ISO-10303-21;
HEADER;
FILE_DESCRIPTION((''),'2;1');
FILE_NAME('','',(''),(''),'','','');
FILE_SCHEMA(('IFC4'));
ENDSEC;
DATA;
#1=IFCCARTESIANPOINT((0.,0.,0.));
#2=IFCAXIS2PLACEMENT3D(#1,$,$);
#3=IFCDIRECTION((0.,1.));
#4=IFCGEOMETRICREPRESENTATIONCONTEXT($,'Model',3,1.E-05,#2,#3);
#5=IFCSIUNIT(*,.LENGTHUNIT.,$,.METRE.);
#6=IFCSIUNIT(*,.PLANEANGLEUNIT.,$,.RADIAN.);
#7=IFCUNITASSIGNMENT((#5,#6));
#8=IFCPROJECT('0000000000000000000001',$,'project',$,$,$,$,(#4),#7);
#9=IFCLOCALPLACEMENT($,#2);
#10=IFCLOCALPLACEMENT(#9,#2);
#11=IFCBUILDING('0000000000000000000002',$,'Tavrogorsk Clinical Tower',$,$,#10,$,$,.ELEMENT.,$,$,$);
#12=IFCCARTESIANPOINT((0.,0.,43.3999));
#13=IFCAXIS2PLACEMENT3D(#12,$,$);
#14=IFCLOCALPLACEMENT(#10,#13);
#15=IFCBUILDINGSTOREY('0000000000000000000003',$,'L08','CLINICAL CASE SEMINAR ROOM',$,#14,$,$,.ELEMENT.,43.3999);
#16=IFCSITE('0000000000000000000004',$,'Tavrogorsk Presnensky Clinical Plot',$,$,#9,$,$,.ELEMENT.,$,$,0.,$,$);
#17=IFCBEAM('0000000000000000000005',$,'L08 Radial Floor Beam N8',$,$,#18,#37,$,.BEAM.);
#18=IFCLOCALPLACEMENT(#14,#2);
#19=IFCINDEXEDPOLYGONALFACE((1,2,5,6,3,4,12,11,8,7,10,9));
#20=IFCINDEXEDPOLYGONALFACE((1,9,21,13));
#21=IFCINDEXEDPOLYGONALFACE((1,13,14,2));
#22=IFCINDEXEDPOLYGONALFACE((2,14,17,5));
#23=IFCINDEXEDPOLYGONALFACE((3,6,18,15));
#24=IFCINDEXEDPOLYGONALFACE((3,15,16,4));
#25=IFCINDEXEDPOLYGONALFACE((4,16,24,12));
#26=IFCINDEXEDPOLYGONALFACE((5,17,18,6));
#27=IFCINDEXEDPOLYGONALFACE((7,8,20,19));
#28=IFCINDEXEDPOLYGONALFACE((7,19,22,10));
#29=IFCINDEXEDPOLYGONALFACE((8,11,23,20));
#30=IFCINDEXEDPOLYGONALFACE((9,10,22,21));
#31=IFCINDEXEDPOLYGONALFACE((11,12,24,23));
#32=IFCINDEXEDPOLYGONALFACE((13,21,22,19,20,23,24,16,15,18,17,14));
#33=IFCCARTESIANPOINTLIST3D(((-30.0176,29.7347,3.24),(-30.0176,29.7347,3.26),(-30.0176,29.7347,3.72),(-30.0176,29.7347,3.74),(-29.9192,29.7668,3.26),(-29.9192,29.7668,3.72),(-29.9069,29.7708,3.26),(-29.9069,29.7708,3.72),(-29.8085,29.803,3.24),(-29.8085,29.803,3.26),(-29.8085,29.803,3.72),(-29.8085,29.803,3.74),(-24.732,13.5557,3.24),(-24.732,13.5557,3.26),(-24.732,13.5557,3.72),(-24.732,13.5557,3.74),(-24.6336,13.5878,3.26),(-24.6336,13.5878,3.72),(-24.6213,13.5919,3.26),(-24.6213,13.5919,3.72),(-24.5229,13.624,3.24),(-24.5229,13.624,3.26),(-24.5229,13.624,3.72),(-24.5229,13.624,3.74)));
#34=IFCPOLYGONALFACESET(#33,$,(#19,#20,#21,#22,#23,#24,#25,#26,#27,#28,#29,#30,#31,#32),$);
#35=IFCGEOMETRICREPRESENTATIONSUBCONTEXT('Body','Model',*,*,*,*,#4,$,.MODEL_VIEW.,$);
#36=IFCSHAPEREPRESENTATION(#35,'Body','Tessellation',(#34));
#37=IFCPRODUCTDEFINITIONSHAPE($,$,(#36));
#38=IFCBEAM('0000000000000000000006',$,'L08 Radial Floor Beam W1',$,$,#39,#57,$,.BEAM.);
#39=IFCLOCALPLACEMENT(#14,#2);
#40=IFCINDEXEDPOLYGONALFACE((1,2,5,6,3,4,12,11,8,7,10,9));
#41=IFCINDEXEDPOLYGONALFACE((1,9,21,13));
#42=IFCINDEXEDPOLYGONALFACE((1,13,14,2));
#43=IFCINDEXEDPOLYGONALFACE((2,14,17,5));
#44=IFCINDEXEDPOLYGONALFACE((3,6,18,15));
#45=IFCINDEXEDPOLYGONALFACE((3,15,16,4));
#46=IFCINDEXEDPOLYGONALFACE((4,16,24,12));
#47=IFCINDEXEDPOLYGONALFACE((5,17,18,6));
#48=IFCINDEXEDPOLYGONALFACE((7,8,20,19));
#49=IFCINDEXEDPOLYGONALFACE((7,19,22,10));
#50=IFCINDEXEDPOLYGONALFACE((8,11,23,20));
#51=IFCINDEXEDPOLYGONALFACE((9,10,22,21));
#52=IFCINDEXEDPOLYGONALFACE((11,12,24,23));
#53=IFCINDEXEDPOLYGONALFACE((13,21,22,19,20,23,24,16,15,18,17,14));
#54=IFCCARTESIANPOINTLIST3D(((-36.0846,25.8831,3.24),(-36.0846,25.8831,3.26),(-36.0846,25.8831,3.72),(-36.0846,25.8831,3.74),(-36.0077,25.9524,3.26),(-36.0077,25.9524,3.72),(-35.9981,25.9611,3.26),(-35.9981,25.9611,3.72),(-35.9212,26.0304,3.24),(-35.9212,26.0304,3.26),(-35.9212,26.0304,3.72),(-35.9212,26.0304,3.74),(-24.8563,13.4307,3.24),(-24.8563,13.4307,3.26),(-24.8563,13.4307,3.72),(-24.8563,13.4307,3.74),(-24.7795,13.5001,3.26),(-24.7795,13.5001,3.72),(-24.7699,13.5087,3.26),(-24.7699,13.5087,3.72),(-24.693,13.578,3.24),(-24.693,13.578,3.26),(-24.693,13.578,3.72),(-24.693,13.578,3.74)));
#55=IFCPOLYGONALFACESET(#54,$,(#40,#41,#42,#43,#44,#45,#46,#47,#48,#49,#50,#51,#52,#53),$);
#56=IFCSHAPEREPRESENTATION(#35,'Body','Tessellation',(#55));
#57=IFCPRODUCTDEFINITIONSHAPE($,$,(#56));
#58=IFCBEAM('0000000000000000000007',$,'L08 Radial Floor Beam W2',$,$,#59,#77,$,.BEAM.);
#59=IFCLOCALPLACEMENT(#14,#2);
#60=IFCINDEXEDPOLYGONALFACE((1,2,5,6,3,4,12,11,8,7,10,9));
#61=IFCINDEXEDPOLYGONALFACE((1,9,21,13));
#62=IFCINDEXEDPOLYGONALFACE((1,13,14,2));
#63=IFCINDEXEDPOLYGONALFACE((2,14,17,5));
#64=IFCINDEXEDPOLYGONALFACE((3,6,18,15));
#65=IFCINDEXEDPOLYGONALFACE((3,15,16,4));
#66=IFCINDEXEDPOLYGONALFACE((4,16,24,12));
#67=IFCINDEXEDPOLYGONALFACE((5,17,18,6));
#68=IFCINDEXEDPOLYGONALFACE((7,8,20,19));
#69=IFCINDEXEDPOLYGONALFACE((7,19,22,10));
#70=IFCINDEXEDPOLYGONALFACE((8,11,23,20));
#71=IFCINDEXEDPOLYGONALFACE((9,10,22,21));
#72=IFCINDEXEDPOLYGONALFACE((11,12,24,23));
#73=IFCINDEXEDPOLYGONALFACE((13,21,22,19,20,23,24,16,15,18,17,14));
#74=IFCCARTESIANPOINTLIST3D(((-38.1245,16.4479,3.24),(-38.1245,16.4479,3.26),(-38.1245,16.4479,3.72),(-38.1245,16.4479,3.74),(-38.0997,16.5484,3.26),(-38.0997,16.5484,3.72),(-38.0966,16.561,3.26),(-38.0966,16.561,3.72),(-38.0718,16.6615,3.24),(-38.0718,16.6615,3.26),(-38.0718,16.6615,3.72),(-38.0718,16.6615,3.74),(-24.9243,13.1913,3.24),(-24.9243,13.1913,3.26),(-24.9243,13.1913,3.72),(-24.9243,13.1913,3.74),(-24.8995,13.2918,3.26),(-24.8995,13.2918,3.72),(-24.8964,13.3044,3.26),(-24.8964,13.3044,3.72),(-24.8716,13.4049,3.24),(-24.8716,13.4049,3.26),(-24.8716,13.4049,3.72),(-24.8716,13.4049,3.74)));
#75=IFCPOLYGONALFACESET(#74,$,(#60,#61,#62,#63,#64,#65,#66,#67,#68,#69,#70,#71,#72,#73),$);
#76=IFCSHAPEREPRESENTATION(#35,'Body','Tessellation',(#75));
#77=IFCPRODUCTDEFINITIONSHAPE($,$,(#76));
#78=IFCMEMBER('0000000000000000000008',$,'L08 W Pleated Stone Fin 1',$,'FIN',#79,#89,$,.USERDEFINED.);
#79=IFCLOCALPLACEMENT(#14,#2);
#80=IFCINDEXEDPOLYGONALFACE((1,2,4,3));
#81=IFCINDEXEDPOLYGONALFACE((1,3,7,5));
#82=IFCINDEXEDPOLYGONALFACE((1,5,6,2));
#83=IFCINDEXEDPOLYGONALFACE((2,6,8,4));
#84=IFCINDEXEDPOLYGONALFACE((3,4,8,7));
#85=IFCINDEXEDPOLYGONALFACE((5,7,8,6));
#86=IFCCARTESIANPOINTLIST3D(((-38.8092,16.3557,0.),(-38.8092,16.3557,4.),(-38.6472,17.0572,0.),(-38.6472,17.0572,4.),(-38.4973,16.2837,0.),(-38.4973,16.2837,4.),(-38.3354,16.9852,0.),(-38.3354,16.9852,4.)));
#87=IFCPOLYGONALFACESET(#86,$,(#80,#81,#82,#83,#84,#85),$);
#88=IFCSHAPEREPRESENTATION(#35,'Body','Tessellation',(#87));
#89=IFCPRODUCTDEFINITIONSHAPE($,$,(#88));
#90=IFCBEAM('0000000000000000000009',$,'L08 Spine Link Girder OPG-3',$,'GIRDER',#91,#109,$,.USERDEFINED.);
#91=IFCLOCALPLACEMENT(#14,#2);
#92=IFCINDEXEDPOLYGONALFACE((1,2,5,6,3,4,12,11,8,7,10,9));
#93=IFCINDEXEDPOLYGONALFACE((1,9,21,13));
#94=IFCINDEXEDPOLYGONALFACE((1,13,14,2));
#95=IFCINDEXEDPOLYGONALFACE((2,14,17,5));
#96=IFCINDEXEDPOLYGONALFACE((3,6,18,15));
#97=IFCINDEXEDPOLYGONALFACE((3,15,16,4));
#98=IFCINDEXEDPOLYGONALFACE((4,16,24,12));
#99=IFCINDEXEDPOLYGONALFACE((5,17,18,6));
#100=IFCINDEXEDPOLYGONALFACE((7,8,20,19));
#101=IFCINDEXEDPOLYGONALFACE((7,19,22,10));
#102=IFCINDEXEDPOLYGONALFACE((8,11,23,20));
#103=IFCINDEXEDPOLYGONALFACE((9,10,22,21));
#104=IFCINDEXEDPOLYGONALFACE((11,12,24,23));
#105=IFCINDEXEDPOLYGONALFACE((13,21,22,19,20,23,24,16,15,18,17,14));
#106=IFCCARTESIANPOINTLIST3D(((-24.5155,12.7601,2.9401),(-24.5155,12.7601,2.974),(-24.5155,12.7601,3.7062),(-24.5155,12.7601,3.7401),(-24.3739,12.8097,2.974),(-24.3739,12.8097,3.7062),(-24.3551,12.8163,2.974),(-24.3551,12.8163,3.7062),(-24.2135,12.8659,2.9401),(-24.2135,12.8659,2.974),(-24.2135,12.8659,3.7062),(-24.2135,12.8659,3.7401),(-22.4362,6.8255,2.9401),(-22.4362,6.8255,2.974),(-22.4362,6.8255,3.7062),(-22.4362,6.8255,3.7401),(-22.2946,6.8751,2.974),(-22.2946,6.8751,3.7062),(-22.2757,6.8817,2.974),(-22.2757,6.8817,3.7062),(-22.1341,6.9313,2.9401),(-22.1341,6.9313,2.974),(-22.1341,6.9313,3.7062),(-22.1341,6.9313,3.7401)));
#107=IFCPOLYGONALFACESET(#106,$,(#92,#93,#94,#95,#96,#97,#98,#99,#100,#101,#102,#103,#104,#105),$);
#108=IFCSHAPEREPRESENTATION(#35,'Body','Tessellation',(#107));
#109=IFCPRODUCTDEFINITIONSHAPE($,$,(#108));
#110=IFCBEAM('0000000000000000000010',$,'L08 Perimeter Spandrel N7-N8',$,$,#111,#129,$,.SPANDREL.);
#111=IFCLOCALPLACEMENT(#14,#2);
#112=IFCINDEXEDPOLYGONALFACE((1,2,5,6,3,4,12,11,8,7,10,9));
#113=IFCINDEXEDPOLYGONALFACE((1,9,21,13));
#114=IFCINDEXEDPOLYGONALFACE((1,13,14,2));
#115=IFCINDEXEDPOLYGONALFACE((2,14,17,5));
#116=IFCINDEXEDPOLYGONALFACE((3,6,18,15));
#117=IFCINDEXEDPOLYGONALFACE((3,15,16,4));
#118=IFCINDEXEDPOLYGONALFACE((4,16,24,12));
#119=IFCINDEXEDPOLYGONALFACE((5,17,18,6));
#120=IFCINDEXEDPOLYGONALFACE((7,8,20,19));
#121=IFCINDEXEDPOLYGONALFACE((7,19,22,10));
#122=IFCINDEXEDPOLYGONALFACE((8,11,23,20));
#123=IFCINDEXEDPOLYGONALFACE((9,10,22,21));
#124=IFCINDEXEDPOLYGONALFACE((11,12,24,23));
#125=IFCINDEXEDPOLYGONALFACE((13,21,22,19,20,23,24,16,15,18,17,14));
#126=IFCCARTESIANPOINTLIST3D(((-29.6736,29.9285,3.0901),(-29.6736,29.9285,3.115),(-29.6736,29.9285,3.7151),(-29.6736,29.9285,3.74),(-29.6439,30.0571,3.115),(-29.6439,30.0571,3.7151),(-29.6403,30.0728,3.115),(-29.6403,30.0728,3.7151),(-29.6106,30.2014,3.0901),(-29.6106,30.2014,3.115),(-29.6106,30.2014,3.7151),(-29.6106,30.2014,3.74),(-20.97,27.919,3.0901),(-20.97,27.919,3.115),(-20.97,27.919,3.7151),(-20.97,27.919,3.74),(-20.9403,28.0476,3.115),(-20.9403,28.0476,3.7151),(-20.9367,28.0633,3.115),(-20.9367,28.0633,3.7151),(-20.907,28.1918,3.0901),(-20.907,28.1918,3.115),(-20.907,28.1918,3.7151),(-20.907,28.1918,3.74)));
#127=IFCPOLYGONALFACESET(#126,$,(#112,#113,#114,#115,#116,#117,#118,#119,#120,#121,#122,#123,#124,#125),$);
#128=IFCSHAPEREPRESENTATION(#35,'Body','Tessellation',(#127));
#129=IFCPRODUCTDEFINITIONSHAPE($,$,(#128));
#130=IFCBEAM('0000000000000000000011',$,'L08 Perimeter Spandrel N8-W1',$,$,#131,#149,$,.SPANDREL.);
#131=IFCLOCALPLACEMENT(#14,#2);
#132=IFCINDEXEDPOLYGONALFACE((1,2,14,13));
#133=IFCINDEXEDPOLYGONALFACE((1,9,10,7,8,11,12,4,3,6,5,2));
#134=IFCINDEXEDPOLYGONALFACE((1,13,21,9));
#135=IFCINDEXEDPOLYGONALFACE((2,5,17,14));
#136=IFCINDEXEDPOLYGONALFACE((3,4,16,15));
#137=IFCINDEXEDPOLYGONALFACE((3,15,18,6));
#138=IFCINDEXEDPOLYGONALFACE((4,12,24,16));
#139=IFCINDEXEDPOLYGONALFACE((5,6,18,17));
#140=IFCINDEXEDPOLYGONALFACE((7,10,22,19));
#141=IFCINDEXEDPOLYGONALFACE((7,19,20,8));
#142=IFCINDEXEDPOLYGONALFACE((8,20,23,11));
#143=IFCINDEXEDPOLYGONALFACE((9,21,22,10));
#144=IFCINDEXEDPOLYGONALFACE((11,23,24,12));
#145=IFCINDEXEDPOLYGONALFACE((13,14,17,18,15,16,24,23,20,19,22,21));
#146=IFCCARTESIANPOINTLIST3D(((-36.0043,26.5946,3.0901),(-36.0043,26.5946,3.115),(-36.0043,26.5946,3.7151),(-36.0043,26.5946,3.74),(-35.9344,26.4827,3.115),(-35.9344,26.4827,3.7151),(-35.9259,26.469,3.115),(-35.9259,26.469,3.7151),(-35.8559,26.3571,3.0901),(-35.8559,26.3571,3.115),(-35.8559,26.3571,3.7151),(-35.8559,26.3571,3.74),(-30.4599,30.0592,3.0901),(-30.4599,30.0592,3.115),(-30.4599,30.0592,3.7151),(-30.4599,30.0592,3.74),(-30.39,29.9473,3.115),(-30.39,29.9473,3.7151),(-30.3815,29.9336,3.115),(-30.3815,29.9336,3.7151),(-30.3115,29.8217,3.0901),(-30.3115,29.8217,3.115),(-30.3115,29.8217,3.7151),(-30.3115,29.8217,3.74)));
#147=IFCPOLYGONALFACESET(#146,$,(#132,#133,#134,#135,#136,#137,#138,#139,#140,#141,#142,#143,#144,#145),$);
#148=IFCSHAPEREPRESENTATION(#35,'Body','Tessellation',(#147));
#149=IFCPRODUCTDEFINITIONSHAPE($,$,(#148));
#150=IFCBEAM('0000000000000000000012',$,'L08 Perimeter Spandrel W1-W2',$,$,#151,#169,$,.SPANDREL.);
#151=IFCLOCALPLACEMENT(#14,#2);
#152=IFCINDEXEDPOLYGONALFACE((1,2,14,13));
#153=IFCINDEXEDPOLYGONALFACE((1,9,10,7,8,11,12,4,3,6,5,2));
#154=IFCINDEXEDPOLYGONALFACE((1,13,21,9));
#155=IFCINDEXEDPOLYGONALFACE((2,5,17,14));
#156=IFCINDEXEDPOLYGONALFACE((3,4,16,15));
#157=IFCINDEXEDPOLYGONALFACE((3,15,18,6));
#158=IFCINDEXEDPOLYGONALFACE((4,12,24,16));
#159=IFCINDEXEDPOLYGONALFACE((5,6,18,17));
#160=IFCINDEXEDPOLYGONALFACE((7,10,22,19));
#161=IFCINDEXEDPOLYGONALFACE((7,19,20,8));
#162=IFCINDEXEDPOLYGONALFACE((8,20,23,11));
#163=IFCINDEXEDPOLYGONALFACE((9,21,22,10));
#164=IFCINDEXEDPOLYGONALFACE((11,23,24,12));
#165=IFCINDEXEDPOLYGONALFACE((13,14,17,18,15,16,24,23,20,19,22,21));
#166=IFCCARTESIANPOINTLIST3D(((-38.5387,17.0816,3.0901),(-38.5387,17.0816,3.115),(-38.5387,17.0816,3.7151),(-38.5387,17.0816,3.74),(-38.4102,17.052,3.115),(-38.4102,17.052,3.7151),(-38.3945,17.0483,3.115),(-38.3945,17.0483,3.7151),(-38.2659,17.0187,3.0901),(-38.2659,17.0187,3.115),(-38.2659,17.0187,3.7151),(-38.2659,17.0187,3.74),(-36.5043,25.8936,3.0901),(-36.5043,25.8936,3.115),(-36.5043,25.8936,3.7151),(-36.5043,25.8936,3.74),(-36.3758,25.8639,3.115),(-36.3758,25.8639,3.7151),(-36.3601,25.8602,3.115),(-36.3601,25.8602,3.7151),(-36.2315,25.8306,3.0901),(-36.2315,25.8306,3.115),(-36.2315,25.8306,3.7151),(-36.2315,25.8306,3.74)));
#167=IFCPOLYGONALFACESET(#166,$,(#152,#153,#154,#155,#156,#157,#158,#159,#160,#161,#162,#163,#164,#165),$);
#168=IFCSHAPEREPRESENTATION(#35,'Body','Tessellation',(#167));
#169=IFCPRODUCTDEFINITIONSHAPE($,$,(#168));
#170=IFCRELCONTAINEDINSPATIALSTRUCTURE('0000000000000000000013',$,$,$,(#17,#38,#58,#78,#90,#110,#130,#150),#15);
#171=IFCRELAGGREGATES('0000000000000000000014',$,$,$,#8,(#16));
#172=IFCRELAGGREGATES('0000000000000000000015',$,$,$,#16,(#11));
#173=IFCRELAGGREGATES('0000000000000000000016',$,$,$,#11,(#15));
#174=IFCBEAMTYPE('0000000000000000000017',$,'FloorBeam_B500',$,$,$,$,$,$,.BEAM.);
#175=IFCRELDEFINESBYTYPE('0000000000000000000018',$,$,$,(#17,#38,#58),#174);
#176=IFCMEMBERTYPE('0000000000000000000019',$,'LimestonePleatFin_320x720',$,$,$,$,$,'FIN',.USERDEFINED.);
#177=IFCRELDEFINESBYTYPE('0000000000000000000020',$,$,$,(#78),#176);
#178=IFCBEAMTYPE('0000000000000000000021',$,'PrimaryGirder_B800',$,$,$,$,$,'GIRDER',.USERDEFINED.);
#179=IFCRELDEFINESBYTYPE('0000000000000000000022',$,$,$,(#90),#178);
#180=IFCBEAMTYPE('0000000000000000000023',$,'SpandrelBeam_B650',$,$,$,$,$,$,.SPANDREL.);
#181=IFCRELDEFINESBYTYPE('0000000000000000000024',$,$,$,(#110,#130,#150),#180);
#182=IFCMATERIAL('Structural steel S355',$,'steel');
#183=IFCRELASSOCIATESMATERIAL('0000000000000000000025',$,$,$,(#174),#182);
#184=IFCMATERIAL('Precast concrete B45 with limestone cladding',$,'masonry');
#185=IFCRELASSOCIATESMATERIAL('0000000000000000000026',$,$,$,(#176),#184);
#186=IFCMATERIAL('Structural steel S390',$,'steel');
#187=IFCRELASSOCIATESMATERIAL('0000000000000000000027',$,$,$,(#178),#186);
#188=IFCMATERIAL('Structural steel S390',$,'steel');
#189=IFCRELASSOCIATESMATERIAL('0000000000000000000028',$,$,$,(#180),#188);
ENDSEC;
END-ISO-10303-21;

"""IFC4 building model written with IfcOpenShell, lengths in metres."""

from ifc_helpers import new_model, si_unit, direction, frame, origin, origin_2d, place, context, subcontext, project, spatial, rectangle, i_section, extrude, material, material_profile, profile_set, type_object, element, save


model = new_model("IFC4")

# Units and contexts
model_context = context("Model", 3, precision=1e-05, world=origin(), true_north=direction((0.0, 1.0)))
body_context = subcontext(model_context, "Body", "Model", "MODEL_VIEW")
ifc_project = project(units=[si_unit("LENGTHUNIT", "METRE"), si_unit("PLANEANGLEUNIT", "RADIAN")], contexts=[model_context])

# Site, building, storey
site_placement = place(None, origin())
site = spatial("IfcSite", under=ifc_project, at=site_placement, Name="Tavrogorsk Presnensky Clinical Plot", CompositionType="ELEMENT", RefElevation=0.0)
building_placement = place(site_placement, origin())
building = spatial("IfcBuilding", under=site, at=building_placement, Name="Tavrogorsk Clinical Tower", CompositionType="ELEMENT")
storey_placement = place(building_placement, frame((0.0, 0.0, 43.3999)))
storey = spatial("IfcBuildingStorey", under=building, at=storey_placement, Name="L08", Description="CLINICAL CASE SEMINAR ROOM", CompositionType="ELEMENT", Elevation=43.3999)

# Beams
ifc_material_1 = material(Name="Structural steel S355", Category="steel")
ifc_material_profile_1 = material_profile(ifc_material_1, i_section(OverallWidth=0.22, OverallDepth=0.5, WebThickness=0.0129, FlangeThickness=0.02, at=origin_2d()), Name="B-500x220x13x20")
ifc_profile_set_1 = profile_set([ifc_material_profile_1], Name="Structural steel S355")
beam_type_1 = type_object("IfcBeamType", Name="FloorBeam_B500", PredefinedType="BEAM", material=ifc_profile_set_1)
beam_1_placement = place(storey_placement, frame((-24.6274, 13.5898, 3.49), z_axis=(-0.310546, 0.950558, 0.0), x_axis=(-0.950558, -0.310546, 0.0)))
element("IfcBeam", 1, at=beam_1_placement, inside=storey, type_object=beam_type_1, Name="L08 Radial Floor Beam N8", PredefinedType="BEAM", context=body_context, shape_type="SweptSolid", body=[
    extrude(i_section(OverallWidth=0.22, OverallDepth=0.5, WebThickness=0.0129, FlangeThickness=0.02, at=origin_2d()), origin(), (0.0, 0.0, 1.0), 17.0205),
])
beam_2_placement = place(storey_placement, frame((-24.7747, 13.5044, 3.49), z_axis=(-0.66966, 0.742668, 0.0), x_axis=(-0.742668, -0.66966, 0.0)))
element("IfcBeam", 2, at=beam_2_placement, inside=storey, type_object=beam_type_1, Name="L08 Radial Floor Beam W1", PredefinedType="BEAM", context=body_context, shape_type="SweptSolid", body=[
    extrude(i_section(OverallWidth=0.22, OverallDepth=0.5, WebThickness=0.0129, FlangeThickness=0.02, at=origin_2d()), origin(), (0.0, 0.0, 1.0), 16.7671),
])
beam_3_placement = place(storey_placement, frame((-24.8979, 13.2981, 3.49), z_axis=(-0.97089, 0.239526, 0.0), x_axis=(-0.239526, -0.97089, 0.0)))
element("IfcBeam", 3, at=beam_3_placement, inside=storey, type_object=beam_type_1, Name="L08 Radial Floor Beam W2", PredefinedType="BEAM", context=body_context, shape_type="SweptSolid", body=[
    extrude(i_section(OverallWidth=0.22, OverallDepth=0.5, WebThickness=0.0129, FlangeThickness=0.02, at=origin_2d()), origin(), (0.0, 0.0, 1.0), 13.5959),
])

# Member
ifc_material_2 = material(Name="Precast concrete B45 with limestone cladding", Category="masonry")
ifc_material_profile_2 = material_profile(ifc_material_2, rectangle(XDim=0.3201, YDim=0.72, at=origin_2d()), Name="LIMESTONE-FIN-320x720")
ifc_profile_set_2 = profile_set([ifc_material_profile_2], Name="Precast concrete B45 with limestone cladding")
member_type_1 = type_object("IfcMemberType", Name="LimestonePleatFin_320x720", ElementType="FIN", PredefinedType="USERDEFINED", material=ifc_profile_set_2)
member_1_placement = place(storey_placement, frame((-38.5723, 16.6704, 0.0), z_axis=(0.0, 0.0, 1.0), x_axis=(0.97437, -0.224951, 0.0)))
element("IfcMember", 4, at=member_1_placement, inside=storey, type_object=member_type_1, Name="L08 W Pleated Stone Fin 1", ObjectType="FIN", PredefinedType="USERDEFINED", context=body_context, shape_type="SweptSolid", body=[
    extrude(rectangle(XDim=0.3201, YDim=0.72, at=origin_2d()), origin(), (0.0, 0.0, 1.0), 4.0),
])

# Beams
ifc_material_3 = material(Name="Structural steel S390", Category="steel")
ifc_material_profile_3 = material_profile(ifc_material_3, i_section(OverallWidth=0.3201, OverallDepth=0.8, WebThickness=0.02, FlangeThickness=0.0339, at=origin_2d()), Name="B-800x320x20x34")
ifc_profile_set_3 = profile_set([ifc_material_profile_3], Name="Structural steel S390")
beam_type_2 = type_object("IfcBeamType", Name="PrimaryGirder_B800", ElementType="GIRDER", PredefinedType="USERDEFINED", material=ifc_profile_set_3)
beam_4_placement = place(storey_placement, frame((-24.3645, 12.813, 3.3401), z_axis=(0.330669, -0.943747, 0.0), x_axis=(0.943747, 0.330669, 0.0)))
element("IfcBeam", 5, at=beam_4_placement, inside=storey, type_object=beam_type_2, Name="L08 Spine Link Girder OPG-3", ObjectType="GIRDER", PredefinedType="USERDEFINED", context=body_context, shape_type="SweptSolid", body=[
    extrude(i_section(OverallWidth=0.3201, OverallDepth=0.8, WebThickness=0.02, FlangeThickness=0.0339, at=origin_2d()), origin(), (0.0, 0.0, 1.0), 6.2883),
])
ifc_material_4 = material(Name="Structural steel S390", Category="steel")
ifc_material_profile_4 = material_profile(ifc_material_4, i_section(OverallWidth=0.28, OverallDepth=0.6499, WebThickness=0.0161, FlangeThickness=0.0249, at=origin_2d()), Name="B-650x280x16x25")
ifc_profile_set_4 = profile_set([ifc_material_profile_4], Name="Structural steel S390")
beam_type_3 = type_object("IfcBeamType", Name="SpandrelBeam_B650", PredefinedType="SPANDREL", material=ifc_profile_set_4)
beam_5_placement = place(storey_placement, frame((-20.9385, 28.0554, 3.415), z_axis=(-0.974367, 0.224965, 0.0), x_axis=(-0.224965, -0.974367, 0.0)))
element("IfcBeam", 6, at=beam_5_placement, inside=storey, type_object=beam_type_3, Name="L08 Perimeter Spandrel N7-N8", PredefinedType="SPANDREL", context=body_context, shape_type="SweptSolid", body=[
    extrude(i_section(OverallWidth=0.28, OverallDepth=0.6499, WebThickness=0.0161, FlangeThickness=0.0249, at=origin_2d()), origin(), (0.0, 0.0, 1.0), 8.9326),
])
beam_6_placement = place(storey_placement, frame((-30.3857, 29.9404, 3.415), z_axis=(-0.848044, -0.529925, 0.0), x_axis=(0.529925, -0.848044, 0.0)))
element("IfcBeam", 7, at=beam_6_placement, inside=storey, type_object=beam_type_3, Name="L08 Perimeter Spandrel N8-W1", PredefinedType="SPANDREL", context=body_context, shape_type="SweptSolid", body=[
    extrude(i_section(OverallWidth=0.28, OverallDepth=0.6499, WebThickness=0.0161, FlangeThickness=0.0249, at=origin_2d()), origin(), (0.0, 0.0, 1.0), 6.5378),
])
beam_7_placement = place(storey_placement, frame((-36.3679, 25.8621, 3.415), z_axis=(-0.224952, -0.97437, 0.0), x_axis=(0.97437, -0.224952, 0.0)))
element("IfcBeam", 8, at=beam_7_placement, inside=storey, type_object=beam_type_3, Name="L08 Perimeter Spandrel W1-W2", PredefinedType="SPANDREL", context=body_context, shape_type="SweptSolid", body=[
    extrude(i_section(OverallWidth=0.28, OverallDepth=0.6499, WebThickness=0.0161, FlangeThickness=0.0249, at=origin_2d()), origin(), (0.0, 0.0, 1.0), 9.0437),
])

save(model, "model.ifc")
